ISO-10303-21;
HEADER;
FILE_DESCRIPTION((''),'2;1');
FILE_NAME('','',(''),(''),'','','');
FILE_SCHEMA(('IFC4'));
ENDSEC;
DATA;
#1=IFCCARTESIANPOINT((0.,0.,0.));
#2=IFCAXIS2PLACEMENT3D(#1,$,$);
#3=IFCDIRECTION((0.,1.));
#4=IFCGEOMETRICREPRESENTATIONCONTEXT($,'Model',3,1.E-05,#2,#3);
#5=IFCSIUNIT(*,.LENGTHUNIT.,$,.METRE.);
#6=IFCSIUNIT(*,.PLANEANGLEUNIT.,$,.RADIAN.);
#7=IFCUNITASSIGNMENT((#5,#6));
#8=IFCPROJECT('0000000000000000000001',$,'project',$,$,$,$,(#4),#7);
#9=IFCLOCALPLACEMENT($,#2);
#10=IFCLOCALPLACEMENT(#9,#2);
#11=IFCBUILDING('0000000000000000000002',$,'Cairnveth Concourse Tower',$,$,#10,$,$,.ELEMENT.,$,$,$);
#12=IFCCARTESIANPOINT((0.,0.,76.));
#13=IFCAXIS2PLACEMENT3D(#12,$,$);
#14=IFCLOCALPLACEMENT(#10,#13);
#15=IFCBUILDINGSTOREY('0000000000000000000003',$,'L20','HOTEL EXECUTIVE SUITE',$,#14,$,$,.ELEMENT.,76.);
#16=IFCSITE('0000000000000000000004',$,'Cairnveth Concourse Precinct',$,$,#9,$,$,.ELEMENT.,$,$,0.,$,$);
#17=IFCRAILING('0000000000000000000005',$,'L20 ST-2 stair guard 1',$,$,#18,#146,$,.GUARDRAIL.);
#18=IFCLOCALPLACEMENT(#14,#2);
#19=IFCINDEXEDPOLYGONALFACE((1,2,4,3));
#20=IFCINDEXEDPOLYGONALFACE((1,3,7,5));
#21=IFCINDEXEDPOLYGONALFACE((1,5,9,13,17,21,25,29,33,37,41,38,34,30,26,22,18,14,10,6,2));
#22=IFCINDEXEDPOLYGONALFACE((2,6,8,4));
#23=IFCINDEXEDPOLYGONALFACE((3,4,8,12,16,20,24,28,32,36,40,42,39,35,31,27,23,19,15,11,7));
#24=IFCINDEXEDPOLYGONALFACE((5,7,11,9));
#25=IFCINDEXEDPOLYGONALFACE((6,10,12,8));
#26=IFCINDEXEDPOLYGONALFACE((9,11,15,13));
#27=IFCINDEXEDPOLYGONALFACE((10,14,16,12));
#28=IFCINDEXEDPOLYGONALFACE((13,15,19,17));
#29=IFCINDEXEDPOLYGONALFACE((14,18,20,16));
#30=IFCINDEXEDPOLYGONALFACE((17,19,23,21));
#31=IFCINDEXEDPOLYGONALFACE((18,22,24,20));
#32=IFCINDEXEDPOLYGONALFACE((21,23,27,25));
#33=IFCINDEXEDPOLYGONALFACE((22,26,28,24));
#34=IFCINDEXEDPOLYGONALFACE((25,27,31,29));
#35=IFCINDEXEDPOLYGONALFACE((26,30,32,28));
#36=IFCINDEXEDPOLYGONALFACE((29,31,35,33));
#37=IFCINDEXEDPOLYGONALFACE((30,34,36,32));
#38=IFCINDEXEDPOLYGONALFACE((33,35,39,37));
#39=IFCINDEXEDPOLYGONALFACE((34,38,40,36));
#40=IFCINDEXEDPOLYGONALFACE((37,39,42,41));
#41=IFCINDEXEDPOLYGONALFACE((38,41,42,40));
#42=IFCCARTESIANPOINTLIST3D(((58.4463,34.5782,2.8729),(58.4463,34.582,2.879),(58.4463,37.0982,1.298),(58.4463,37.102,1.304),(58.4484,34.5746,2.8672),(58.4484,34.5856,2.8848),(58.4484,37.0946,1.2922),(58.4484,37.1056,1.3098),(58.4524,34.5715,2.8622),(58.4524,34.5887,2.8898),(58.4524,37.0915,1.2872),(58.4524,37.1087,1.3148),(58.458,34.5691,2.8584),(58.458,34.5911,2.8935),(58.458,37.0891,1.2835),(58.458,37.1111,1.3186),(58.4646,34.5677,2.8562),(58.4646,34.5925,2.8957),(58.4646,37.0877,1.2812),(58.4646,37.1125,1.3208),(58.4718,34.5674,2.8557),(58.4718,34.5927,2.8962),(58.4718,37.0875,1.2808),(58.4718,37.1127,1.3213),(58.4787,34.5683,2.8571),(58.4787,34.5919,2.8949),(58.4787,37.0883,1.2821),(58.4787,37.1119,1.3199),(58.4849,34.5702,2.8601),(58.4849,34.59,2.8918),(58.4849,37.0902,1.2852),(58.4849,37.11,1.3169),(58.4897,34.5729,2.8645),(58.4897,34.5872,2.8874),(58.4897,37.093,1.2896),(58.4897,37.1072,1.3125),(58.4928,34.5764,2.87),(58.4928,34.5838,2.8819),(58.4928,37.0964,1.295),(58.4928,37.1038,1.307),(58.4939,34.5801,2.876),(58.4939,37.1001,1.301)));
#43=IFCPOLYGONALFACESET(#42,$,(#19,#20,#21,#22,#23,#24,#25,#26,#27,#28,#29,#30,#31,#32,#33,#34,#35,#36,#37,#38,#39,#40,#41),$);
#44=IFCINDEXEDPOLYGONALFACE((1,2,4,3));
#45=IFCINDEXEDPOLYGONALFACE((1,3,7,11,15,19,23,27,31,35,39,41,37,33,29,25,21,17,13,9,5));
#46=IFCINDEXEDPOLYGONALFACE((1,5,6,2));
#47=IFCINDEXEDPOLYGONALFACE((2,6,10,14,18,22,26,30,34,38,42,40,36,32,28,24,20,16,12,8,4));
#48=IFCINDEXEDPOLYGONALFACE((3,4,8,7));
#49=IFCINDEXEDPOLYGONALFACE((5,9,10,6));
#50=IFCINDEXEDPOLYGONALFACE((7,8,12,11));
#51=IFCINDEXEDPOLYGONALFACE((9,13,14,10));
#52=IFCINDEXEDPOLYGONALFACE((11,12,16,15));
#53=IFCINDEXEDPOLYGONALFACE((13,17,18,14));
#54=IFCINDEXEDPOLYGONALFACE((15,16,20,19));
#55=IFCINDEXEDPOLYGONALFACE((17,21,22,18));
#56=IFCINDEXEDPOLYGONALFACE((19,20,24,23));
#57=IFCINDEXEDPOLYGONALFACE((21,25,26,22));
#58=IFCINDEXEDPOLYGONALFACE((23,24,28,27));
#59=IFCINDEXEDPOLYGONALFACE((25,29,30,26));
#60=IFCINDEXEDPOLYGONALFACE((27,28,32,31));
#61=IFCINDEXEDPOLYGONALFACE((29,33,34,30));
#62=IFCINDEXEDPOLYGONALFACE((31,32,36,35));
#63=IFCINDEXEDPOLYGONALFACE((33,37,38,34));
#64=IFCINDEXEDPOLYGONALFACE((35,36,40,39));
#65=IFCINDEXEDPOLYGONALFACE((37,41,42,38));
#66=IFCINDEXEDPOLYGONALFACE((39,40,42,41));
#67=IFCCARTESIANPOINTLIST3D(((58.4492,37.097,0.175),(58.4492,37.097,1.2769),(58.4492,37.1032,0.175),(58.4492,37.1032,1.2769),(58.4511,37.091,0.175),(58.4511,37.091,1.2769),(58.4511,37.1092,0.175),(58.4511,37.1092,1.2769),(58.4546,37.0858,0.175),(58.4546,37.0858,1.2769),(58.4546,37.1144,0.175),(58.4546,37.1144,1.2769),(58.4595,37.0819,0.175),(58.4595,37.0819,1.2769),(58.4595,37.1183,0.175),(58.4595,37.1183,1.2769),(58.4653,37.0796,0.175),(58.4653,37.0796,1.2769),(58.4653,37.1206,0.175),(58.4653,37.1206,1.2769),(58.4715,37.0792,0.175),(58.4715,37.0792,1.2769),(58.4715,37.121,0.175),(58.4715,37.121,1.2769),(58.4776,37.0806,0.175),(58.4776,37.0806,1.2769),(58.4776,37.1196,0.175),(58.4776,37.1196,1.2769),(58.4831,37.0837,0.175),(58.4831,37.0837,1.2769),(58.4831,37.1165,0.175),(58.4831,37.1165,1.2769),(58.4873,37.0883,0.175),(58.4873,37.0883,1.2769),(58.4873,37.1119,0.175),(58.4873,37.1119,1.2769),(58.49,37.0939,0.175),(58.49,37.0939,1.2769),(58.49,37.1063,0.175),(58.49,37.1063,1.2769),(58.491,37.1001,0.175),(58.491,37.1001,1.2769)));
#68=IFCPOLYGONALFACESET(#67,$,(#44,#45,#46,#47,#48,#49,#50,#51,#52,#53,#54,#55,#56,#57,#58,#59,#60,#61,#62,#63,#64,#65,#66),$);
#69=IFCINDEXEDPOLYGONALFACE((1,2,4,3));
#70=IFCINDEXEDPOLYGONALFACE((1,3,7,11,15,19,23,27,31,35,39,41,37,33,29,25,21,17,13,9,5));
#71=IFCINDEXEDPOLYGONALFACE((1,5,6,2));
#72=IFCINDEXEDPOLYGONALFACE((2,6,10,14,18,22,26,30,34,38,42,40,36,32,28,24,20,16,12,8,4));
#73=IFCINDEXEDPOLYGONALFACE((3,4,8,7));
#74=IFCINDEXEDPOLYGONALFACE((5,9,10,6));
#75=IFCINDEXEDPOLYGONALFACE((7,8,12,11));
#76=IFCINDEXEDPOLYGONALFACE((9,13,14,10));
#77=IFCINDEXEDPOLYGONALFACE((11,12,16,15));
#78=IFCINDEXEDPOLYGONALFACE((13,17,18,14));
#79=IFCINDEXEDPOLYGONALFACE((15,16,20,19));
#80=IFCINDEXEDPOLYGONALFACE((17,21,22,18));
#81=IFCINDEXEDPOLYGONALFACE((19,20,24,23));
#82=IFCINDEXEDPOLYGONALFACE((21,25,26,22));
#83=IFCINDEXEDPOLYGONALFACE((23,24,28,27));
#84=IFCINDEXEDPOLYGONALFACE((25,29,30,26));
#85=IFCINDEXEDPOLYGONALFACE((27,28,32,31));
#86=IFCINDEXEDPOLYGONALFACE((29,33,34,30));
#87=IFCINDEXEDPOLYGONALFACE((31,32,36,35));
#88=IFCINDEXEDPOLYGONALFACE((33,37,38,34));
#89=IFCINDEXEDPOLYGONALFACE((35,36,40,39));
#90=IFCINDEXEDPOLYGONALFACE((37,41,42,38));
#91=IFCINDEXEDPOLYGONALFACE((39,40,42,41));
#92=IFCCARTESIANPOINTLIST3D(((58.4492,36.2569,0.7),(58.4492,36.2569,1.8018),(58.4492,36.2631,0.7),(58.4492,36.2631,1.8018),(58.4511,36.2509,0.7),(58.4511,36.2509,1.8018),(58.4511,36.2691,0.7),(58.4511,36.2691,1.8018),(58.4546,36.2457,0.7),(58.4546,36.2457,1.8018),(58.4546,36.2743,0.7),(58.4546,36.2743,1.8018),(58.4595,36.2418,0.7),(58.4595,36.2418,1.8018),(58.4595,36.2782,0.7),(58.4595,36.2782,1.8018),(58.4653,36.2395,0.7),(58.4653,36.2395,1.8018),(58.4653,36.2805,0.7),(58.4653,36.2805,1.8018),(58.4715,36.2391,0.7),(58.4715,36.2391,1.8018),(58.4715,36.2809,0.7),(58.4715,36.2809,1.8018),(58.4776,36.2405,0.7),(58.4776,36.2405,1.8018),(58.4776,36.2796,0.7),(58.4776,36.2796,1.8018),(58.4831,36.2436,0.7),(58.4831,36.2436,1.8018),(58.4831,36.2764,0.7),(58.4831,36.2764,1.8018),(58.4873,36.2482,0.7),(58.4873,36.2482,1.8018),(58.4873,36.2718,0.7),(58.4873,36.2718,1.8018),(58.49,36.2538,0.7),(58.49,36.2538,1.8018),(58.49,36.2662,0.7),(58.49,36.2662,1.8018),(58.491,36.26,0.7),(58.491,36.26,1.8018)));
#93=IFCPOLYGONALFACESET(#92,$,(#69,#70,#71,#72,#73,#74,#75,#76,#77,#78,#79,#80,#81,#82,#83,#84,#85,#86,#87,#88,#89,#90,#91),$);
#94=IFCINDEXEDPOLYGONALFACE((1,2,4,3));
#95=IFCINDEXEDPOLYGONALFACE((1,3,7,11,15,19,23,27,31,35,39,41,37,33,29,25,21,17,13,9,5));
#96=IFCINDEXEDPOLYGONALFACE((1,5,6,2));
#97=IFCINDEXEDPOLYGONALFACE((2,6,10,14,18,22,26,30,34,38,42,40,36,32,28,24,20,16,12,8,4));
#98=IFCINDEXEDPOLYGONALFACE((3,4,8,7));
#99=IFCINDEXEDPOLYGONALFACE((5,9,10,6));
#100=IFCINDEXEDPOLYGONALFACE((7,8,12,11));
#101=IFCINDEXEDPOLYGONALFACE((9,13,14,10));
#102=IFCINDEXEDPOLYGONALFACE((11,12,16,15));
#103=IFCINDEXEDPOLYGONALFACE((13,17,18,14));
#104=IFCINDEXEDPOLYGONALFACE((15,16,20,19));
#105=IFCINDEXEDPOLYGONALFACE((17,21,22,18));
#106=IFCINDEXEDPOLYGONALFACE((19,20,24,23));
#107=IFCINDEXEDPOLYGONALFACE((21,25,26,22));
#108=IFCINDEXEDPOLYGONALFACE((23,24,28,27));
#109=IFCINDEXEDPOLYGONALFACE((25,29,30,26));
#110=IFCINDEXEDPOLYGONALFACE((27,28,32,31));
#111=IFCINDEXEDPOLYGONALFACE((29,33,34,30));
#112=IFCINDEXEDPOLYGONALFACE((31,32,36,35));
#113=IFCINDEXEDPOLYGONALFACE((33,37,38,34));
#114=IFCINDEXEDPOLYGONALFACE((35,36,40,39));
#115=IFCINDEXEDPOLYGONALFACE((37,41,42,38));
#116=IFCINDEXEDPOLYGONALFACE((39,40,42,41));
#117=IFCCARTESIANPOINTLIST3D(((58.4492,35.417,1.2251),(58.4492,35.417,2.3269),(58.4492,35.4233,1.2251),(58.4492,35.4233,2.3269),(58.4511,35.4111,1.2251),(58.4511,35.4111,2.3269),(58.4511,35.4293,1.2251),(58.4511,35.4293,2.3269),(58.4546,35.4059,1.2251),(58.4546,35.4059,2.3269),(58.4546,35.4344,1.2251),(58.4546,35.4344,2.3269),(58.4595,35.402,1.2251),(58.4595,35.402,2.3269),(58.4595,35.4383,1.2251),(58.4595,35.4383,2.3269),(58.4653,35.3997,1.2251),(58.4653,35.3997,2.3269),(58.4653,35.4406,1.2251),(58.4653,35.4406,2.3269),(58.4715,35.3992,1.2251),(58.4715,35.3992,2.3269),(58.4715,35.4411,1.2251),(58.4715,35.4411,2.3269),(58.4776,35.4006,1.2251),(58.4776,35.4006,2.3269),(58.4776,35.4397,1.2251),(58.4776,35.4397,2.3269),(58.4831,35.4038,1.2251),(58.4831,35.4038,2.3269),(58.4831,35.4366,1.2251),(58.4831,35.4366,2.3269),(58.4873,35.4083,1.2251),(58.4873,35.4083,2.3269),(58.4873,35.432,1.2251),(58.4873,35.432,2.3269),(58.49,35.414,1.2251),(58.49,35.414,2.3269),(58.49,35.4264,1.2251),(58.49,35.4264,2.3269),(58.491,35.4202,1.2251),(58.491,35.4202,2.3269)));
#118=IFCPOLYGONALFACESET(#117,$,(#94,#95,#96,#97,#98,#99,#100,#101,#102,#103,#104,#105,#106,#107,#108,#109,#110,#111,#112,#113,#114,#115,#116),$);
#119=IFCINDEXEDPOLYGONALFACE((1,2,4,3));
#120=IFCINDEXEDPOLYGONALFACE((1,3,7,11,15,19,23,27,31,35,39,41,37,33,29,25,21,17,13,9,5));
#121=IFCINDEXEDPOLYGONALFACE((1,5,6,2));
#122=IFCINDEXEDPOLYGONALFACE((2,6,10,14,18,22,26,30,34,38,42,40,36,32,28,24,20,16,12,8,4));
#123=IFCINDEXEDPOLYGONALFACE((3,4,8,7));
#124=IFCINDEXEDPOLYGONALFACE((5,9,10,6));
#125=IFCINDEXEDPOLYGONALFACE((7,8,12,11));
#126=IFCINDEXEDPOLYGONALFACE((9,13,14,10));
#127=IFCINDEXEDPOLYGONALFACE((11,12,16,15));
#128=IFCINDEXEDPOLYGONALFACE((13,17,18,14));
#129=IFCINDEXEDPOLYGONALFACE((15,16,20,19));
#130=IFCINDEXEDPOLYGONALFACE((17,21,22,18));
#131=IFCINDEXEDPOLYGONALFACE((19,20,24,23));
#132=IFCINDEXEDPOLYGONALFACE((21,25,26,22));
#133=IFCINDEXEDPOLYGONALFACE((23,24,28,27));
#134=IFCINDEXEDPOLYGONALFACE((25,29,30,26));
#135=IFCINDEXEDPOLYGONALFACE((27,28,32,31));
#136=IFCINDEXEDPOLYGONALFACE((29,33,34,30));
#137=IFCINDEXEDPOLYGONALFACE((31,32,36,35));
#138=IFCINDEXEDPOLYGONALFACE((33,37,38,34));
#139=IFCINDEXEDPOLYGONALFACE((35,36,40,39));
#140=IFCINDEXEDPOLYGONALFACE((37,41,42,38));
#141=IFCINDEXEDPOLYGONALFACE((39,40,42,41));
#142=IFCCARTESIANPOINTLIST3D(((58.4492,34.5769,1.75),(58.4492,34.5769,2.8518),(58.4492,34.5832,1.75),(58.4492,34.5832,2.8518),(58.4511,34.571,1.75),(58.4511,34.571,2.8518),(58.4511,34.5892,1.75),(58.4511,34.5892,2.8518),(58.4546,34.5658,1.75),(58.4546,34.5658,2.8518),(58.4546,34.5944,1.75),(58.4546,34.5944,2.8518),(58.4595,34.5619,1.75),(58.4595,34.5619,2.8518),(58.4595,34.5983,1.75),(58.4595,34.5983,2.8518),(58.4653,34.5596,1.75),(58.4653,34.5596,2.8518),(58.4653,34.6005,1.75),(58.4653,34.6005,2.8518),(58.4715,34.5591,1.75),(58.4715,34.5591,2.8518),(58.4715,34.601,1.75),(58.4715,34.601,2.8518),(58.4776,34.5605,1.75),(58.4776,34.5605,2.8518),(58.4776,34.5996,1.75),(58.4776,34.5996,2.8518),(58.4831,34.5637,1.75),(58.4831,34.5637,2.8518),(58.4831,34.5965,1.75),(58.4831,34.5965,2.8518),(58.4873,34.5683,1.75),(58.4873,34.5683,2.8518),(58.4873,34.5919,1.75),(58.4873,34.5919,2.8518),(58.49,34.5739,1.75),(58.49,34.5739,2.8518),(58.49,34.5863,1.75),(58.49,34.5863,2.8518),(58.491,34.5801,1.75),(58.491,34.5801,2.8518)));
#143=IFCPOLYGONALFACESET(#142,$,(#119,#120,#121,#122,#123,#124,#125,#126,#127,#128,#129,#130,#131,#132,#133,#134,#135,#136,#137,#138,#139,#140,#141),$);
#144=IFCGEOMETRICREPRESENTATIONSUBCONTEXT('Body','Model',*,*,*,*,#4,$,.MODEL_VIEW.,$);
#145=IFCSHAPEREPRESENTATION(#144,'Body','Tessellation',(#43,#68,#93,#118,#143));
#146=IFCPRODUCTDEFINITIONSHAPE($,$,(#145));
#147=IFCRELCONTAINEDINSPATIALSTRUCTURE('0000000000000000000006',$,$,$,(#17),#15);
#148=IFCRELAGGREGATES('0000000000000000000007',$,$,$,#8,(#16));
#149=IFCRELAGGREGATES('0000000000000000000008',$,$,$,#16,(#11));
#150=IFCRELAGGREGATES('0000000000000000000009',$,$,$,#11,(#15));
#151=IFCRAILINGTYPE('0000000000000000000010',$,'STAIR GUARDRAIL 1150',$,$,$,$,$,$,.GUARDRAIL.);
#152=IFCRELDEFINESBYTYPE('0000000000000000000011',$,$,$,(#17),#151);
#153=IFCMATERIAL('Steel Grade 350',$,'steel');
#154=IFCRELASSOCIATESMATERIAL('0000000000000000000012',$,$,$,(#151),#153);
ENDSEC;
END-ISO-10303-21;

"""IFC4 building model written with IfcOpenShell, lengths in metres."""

from ifc_helpers import new_model, si_unit, direction, frame, origin, origin_2d, place, context, subcontext, project, spatial, circle, extrude, material, type_object, element, save


model = new_model("IFC4")

# Units and contexts
model_context = context("Model", 3, precision=1e-05, world=origin(), true_north=direction((0.0, 1.0)))
body_context = subcontext(model_context, "Body", "Model", "MODEL_VIEW")
ifc_project = project(units=[si_unit("LENGTHUNIT", "METRE"), si_unit("PLANEANGLEUNIT", "RADIAN")], contexts=[model_context])

# Site, building, storey
site_placement = place(None, origin())
site = spatial("IfcSite", under=ifc_project, at=site_placement, Name="Cairnveth Concourse Precinct", CompositionType="ELEMENT", RefElevation=0.0)
building_placement = place(site_placement, origin())
building = spatial("IfcBuilding", under=site, at=building_placement, Name="Cairnveth Concourse Tower", CompositionType="ELEMENT")
storey_placement = place(building_placement, frame((0.0, 0.0, 76.0)))
storey = spatial("IfcBuildingStorey", under=building, at=storey_placement, Name="L20", Description="HOTEL EXECUTIVE SUITE", CompositionType="ELEMENT", Elevation=76.0)

# Shared definitions
ifc_material_1 = material(Name="Steel Grade 350", Category="steel")

# Railing
railing_type_1 = type_object("IfcRailingType", Name="STAIR GUARDRAIL 1150", PredefinedType="GUARDRAIL", material=ifc_material_1)
railing_1_placement = place(storey_placement, frame((58.47, 37.1001, 0.175)))
element("IfcRailing", 1, at=railing_1_placement, inside=storey, type_object=railing_type_1, Name="L20 ST-2 stair guard 1", PredefinedType="GUARDRAIL", context=body_context, shape_type="SweptSolid", body=[
    extrude(circle(Radius=0.0239, at=origin_2d()), frame((0.0, 0.0, 1.126), z_axis=(0.0, -0.848008, 0.529984), x_axis=(1.0, 0.0, 0.0)), (0.0, 0.0, 1.0), 2.9717),
    extrude(circle(Radius=0.021, at=origin_2d()), origin(), (0.0, 0.0, 1.0), 1.1018),
    extrude(circle(Radius=0.021, at=origin_2d()), frame((0.0, -0.8401, 0.5249)), (0.0, 0.0, 1.0), 1.1018),
    extrude(circle(Radius=0.021, at=origin_2d()), frame((0.0, -1.6799, 1.05)), (0.0, 0.0, 1.0), 1.1018),
    extrude(circle(Radius=0.021, at=origin_2d()), frame((0.0, -2.52, 1.575)), (0.0, 0.0, 1.0), 1.1018),
])

save(model, "model.ifc")
